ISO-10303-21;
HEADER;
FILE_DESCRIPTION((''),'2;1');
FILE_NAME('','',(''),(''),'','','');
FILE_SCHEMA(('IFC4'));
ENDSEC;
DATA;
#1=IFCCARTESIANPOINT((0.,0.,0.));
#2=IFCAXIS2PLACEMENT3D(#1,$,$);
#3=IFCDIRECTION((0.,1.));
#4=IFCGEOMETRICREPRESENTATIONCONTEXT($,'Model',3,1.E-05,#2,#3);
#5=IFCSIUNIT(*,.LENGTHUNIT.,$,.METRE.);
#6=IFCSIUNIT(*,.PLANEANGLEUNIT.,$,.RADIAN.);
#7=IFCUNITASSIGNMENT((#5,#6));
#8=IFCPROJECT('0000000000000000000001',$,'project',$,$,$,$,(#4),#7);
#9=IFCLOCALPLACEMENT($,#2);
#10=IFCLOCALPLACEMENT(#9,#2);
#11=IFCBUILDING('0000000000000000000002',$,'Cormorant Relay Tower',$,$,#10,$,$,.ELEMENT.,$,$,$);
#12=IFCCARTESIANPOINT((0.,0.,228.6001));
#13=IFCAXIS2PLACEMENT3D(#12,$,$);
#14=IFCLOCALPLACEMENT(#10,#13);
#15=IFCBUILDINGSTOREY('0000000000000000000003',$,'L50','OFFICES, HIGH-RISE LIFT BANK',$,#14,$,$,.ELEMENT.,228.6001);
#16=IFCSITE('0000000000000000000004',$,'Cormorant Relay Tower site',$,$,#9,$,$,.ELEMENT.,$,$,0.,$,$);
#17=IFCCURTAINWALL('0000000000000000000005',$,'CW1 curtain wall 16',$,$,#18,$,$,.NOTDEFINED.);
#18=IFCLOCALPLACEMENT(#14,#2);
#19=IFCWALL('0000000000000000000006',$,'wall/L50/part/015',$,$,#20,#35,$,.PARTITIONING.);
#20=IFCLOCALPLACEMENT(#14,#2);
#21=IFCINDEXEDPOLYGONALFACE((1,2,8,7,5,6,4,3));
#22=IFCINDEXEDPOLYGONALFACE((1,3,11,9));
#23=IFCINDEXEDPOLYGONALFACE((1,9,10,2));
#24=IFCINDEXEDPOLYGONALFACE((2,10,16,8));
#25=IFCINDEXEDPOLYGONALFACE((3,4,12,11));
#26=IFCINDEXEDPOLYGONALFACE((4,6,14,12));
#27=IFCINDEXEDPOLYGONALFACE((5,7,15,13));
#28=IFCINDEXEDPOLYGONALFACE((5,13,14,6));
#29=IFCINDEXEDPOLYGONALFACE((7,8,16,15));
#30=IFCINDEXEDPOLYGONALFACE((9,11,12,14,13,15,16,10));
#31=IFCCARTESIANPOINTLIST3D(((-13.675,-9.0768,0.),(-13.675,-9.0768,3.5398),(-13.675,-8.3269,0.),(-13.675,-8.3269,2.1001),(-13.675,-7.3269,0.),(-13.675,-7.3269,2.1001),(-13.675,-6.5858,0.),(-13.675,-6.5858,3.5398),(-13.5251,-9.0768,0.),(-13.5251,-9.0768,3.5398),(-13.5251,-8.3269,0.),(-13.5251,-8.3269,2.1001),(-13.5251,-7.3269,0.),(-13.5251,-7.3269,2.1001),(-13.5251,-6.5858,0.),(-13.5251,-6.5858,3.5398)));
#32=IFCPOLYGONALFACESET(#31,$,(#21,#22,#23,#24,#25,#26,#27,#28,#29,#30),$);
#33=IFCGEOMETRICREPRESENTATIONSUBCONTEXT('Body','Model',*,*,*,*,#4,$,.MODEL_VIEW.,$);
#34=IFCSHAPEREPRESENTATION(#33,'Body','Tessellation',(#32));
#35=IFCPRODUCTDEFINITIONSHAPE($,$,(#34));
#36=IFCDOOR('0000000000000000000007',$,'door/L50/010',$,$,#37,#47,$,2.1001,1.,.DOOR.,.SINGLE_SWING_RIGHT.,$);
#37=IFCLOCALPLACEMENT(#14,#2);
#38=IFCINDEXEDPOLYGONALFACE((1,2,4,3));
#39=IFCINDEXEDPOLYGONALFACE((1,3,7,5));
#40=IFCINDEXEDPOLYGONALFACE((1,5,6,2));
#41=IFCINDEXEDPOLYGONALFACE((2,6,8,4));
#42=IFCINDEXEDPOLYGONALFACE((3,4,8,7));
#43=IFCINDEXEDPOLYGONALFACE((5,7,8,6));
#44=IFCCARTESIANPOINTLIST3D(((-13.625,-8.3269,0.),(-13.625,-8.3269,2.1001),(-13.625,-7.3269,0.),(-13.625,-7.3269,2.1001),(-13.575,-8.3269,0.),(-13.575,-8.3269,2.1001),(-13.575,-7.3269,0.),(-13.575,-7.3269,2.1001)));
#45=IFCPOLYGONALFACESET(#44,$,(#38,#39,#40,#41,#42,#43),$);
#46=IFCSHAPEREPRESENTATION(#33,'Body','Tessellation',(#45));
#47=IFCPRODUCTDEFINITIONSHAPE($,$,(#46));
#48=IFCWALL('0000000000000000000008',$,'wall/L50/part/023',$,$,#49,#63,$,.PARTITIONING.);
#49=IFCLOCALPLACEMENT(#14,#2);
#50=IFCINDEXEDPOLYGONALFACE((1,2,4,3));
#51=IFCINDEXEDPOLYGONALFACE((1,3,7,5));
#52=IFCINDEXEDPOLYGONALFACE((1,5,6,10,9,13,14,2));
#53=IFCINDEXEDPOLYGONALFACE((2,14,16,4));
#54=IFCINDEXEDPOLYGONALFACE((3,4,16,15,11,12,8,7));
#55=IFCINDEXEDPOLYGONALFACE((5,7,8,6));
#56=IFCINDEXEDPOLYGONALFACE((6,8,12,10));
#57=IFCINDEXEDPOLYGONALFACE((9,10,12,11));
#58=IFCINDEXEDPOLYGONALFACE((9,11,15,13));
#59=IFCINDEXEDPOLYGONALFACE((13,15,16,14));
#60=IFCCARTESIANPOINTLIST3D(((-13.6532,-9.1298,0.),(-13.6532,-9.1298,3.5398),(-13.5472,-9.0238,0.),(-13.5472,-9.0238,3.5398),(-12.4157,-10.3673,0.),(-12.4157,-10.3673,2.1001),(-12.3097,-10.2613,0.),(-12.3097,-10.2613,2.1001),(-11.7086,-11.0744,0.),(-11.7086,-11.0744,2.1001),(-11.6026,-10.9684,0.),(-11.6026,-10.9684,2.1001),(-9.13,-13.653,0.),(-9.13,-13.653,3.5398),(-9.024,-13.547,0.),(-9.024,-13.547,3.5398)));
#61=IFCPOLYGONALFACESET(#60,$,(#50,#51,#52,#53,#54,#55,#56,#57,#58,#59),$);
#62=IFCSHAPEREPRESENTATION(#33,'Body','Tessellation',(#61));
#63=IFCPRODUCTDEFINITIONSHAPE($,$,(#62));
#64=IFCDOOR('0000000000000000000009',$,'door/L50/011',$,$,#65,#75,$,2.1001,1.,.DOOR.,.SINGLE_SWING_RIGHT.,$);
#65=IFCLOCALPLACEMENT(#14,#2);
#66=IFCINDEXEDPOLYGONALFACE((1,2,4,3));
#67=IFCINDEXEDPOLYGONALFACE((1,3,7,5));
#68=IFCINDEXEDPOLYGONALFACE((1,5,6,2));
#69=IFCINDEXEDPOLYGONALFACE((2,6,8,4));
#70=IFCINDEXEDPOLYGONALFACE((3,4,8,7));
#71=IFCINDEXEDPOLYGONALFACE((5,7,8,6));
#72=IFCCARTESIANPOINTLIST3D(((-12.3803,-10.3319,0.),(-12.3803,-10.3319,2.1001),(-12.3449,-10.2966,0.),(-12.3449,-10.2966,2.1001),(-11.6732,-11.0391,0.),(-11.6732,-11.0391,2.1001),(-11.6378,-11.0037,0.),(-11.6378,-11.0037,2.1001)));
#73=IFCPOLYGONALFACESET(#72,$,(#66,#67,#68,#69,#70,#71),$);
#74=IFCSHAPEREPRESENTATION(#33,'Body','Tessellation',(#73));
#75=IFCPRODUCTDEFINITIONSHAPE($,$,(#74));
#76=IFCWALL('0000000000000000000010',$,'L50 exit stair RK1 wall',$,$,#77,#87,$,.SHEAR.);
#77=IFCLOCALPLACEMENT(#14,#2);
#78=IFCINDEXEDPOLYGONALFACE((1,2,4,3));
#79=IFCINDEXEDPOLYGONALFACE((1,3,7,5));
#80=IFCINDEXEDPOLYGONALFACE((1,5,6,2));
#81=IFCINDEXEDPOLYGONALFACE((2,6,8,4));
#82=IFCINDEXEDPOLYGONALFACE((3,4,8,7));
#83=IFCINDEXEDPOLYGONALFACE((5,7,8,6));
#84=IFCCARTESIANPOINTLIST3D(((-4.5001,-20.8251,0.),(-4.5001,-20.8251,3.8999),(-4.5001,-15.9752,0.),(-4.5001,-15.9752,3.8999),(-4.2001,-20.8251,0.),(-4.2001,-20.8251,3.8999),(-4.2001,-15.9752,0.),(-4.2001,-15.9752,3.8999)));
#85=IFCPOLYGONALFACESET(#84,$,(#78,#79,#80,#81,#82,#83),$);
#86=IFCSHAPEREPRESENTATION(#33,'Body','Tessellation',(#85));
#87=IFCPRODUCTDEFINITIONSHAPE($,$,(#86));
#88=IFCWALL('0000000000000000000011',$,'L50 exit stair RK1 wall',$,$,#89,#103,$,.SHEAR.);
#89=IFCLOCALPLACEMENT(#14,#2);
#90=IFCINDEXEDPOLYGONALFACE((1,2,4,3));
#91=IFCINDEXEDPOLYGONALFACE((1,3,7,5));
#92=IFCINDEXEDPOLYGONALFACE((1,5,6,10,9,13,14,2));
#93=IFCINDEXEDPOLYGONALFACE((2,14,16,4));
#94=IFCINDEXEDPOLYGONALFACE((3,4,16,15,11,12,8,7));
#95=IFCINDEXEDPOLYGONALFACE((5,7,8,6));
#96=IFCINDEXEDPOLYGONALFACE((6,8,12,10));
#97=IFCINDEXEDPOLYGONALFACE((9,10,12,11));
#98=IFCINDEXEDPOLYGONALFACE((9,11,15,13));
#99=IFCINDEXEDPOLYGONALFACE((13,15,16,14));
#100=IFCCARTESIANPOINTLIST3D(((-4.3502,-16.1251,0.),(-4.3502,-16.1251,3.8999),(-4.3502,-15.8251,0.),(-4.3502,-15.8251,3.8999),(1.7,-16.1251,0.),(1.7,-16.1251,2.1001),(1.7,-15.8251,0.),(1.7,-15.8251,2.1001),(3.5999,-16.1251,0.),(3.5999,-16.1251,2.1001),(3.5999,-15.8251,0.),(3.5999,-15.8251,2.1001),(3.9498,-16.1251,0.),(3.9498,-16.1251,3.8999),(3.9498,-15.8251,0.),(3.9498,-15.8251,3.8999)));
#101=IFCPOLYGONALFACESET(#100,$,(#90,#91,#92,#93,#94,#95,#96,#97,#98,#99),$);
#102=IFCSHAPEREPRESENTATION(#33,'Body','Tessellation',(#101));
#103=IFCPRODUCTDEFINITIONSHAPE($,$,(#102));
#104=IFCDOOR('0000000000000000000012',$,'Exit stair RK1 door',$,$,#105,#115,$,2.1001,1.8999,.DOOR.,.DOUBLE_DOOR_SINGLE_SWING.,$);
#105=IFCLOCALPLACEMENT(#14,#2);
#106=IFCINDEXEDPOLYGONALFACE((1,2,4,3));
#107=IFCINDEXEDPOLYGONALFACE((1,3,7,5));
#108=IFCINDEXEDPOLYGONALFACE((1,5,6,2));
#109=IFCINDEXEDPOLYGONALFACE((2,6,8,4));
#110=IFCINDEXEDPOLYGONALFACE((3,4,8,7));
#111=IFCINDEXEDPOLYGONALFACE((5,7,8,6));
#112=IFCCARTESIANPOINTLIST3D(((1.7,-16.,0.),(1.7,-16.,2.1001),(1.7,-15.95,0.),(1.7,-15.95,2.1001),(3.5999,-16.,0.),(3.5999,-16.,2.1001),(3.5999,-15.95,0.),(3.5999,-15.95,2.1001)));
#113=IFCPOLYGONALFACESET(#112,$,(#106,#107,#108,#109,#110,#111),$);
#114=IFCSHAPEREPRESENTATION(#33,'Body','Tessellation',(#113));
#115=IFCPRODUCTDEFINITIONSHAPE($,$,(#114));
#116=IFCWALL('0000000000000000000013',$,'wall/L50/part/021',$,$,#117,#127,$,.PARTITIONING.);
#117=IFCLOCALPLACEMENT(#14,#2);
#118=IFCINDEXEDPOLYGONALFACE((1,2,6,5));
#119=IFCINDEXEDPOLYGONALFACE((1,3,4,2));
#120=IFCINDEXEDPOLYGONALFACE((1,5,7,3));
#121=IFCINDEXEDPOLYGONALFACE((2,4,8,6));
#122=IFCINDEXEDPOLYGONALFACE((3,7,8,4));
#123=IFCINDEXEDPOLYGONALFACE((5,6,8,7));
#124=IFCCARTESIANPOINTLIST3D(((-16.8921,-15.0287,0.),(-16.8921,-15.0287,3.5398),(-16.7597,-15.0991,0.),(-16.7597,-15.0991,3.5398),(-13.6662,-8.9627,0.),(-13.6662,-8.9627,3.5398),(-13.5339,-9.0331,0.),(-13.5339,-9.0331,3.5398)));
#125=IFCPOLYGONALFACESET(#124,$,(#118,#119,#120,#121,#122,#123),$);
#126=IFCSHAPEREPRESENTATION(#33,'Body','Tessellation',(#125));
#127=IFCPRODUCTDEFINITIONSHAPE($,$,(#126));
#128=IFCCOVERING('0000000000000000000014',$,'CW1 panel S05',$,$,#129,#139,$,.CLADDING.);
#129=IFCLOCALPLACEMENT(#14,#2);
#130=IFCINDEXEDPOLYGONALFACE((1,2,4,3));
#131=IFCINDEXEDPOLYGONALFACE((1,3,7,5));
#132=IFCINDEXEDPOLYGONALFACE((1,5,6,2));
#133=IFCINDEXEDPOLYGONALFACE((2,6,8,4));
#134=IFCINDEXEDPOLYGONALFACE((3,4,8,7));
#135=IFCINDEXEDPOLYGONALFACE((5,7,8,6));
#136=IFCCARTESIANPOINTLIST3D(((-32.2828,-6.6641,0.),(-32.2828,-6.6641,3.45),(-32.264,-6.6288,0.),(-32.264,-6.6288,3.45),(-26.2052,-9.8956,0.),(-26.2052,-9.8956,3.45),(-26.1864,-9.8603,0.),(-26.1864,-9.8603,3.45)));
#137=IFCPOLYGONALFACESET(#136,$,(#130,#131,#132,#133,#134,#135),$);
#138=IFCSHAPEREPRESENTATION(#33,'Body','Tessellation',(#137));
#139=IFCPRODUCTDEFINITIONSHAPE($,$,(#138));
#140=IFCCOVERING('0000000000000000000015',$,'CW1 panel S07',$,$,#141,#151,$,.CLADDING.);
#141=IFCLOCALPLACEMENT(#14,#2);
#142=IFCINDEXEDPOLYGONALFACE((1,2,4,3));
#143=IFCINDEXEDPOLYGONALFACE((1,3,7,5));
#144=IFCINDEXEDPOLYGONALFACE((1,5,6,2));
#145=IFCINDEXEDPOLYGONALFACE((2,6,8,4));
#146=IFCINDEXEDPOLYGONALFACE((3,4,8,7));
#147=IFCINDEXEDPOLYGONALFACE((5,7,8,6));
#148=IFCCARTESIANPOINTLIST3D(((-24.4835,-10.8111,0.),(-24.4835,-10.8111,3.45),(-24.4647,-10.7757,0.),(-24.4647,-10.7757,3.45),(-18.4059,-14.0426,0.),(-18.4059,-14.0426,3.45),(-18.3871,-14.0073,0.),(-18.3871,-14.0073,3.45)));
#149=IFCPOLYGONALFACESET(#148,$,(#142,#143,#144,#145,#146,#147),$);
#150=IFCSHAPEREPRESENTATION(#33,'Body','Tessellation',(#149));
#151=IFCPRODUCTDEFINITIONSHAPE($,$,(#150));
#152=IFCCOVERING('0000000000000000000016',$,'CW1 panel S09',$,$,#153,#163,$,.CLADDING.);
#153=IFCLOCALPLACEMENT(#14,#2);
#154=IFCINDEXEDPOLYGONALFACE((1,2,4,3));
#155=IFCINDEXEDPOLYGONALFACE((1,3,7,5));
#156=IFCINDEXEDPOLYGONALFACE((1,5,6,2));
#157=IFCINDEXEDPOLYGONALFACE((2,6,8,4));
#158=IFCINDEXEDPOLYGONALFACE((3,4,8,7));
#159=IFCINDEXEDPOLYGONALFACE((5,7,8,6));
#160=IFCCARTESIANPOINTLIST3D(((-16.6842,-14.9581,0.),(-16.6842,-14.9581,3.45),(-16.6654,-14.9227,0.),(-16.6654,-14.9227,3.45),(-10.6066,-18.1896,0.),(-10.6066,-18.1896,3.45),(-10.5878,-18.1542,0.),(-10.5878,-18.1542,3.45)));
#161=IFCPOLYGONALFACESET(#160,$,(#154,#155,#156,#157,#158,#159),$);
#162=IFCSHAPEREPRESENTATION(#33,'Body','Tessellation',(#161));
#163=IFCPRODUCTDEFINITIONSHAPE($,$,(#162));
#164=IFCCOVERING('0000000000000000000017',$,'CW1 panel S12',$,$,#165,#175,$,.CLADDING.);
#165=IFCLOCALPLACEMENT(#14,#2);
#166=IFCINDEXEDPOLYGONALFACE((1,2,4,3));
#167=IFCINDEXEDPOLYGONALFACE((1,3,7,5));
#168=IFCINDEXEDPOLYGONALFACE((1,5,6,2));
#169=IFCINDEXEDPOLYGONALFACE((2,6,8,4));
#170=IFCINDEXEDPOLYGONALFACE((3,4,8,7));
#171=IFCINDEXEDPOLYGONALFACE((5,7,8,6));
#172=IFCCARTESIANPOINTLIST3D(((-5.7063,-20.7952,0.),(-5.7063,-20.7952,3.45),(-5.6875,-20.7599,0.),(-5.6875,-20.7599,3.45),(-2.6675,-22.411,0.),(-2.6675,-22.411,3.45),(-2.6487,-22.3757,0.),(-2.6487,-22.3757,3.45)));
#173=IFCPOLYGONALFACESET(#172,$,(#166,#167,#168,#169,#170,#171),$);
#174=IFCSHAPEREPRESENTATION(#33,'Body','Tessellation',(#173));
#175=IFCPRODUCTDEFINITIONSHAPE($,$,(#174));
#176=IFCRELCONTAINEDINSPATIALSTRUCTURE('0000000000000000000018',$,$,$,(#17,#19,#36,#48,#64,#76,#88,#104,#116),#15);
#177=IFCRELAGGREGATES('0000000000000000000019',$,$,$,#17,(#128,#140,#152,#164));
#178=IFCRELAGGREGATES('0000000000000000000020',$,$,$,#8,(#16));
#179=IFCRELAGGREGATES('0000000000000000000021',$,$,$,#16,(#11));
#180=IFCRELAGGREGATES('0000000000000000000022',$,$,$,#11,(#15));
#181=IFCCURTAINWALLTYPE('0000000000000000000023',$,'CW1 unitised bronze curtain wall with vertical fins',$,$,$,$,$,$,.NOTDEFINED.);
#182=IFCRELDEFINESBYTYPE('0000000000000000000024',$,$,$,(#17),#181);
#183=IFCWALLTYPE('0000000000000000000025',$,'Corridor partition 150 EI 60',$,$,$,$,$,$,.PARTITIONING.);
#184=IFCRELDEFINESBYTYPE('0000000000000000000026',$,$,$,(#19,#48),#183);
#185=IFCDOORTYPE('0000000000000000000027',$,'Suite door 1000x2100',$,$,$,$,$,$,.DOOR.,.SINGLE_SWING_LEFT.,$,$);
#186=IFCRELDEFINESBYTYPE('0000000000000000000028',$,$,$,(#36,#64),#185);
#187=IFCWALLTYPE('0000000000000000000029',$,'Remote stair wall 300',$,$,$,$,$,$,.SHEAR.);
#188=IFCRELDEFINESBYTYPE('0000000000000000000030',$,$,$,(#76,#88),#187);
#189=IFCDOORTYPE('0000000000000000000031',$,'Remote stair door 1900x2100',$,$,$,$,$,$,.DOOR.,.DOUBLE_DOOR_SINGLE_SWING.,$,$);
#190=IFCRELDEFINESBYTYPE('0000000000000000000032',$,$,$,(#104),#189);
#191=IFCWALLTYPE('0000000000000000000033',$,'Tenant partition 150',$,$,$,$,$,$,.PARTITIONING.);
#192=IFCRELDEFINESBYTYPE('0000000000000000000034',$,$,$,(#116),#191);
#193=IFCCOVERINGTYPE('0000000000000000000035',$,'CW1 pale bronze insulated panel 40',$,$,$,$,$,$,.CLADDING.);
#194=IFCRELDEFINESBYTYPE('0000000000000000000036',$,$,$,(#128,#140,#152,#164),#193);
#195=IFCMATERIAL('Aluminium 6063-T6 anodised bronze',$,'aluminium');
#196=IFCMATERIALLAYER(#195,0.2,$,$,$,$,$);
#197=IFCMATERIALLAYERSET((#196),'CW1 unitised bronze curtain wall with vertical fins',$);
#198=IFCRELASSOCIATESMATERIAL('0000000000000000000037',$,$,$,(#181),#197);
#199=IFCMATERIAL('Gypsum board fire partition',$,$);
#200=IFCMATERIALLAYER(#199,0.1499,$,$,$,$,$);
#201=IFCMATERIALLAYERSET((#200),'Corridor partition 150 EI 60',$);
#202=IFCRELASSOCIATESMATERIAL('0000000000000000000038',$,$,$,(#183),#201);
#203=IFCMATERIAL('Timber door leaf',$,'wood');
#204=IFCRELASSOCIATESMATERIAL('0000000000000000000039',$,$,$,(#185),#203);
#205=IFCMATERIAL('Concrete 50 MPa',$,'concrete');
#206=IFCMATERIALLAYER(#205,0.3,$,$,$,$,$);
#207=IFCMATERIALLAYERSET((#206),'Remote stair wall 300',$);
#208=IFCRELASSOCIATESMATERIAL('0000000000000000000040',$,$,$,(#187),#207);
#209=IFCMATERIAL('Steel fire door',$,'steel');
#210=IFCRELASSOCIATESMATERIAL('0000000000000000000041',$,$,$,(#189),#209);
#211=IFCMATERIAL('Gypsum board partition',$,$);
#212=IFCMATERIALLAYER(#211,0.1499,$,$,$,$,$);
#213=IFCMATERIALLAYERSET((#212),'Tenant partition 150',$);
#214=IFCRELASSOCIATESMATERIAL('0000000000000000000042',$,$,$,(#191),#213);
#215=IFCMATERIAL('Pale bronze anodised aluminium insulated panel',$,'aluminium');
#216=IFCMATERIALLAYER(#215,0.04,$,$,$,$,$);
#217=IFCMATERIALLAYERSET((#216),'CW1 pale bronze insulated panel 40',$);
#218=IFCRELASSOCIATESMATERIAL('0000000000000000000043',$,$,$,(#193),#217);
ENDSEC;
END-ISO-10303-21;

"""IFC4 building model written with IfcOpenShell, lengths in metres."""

from ifc_helpers import new_model, si_unit, direction, frame, frame_2d, origin, origin_2d, place, context, subcontext, project, spatial, rectangle, extrude, material, layer, layer_set, type_object, element, fill, aggregate, save


model = new_model("IFC4")

# Units and contexts
model_context = context("Model", 3, precision=1e-05, world=origin(), true_north=direction((0.0, 1.0)))
body_context = subcontext(model_context, "Body", "Model", "MODEL_VIEW")
ifc_project = project(units=[si_unit("LENGTHUNIT", "METRE"), si_unit("PLANEANGLEUNIT", "RADIAN")], contexts=[model_context])

# Site, building, storey
site_placement = place(None, origin())
site = spatial("IfcSite", under=ifc_project, at=site_placement, Name="Cormorant Relay Tower site", CompositionType="ELEMENT", RefElevation=0.0)
building_placement = place(site_placement, origin())
building = spatial("IfcBuilding", under=site, at=building_placement, Name="Cormorant Relay Tower", CompositionType="ELEMENT")
storey_placement = place(building_placement, frame((0.0, 0.0, 228.6001)))
storey = spatial("IfcBuildingStorey", under=building, at=storey_placement, Name="L50", Description="OFFICES, HIGH-RISE LIFT BANK", CompositionType="ELEMENT", Elevation=228.6001)

# Curtain wall
ifc_material_1 = material(Name="Aluminium 6063-T6 anodised bronze", Category="aluminium")
ifc_layer_1 = layer(ifc_material_1, 0.2)
ifc_layer_set_1 = layer_set([ifc_layer_1], Name="CW1 unitised bronze curtain wall with vertical fins")
curtain_wall_type = type_object("IfcCurtainWallType", Name="CW1 unitised bronze curtain wall with vertical fins", PredefinedType="NOTDEFINED", material=ifc_layer_set_1)
curtain_wall_placement = place(storey_placement, origin())
curtain_wall = element("IfcCurtainWall", 1, at=curtain_wall_placement, inside=storey, type_object=curtain_wall_type, Name="CW1 curtain wall 16", PredefinedType="NOTDEFINED")

# Walls, openings, doors
ifc_material_2 = material(Name="Gypsum board fire partition")
ifc_layer_2 = layer(ifc_material_2, 0.1499)
ifc_layer_set_2 = layer_set([ifc_layer_2], Name="Corridor partition 150 EI 60")
wall_type_1 = type_object("IfcWallType", Name="Corridor partition 150 EI 60", PredefinedType="PARTITIONING", material=ifc_layer_set_2)
wall_1_placement = place(storey_placement, frame((-13.6001, -9.0769, 0.0), z_axis=(0.0, 0.0, 1.0), x_axis=(0.0, 1.0, 0.0)))
wall_1 = element("IfcWall", 2, at=wall_1_placement, inside=storey, type_object=wall_type_1, Name="wall/L50/part/015", PredefinedType="PARTITIONING", context=body_context, shape_type="SweptSolid", body=[
    extrude(rectangle(XDim=2.491, YDim=0.1499, at=frame_2d((1.2456, 0.0))), origin(), (0.0, 0.0, 1.0), 3.5398),
])
opening_1_placement = place(wall_1_placement, frame((0.75, 0.0, 0.0)))
opening_1 = element("IfcOpeningElement", 3, at=opening_1_placement, cuts=wall_1, PredefinedType="OPENING", context=body_context, shape_type="SweptSolid", body=[
    extrude(rectangle(XDim=1.0, YDim=2.1001, at=frame_2d((0.5, 1.05))), frame((0.0, 0.085, 0.0), z_axis=(0.0, -1.0, 0.0), x_axis=(1.0, 0.0, 0.0)), (0.0, 0.0, 1.0), 0.1699),
])
ifc_material_3 = material(Name="Timber door leaf", Category="wood")
door_type_1 = type_object("IfcDoorType", Name="Suite door 1000x2100", OperationType="SINGLE_SWING_LEFT", PredefinedType="DOOR", material=ifc_material_3)
door_1_placement = place(opening_1_placement, origin())
door_1 = element("IfcDoor", 4, at=door_1_placement, inside=storey, type_object=door_type_1, Name="door/L50/010", OperationType="SINGLE_SWING_RIGHT", OverallHeight=2.1001, OverallWidth=1.0, PredefinedType="DOOR", context=body_context, shape_type="SweptSolid", body=[
    extrude(rectangle(XDim=1.0, YDim=2.1001, at=frame_2d((0.5, 1.05))), frame((0.0, 0.0249, 0.0), z_axis=(0.0, -1.0, 0.0), x_axis=(1.0, 0.0, 0.0)), (0.0, 0.0, 1.0), 0.05),
])
fill(opening_1, door_1)
wall_2_placement = place(storey_placement, frame((-13.6001, -9.0769, 0.0), z_axis=(0.0, 0.0, 1.0), x_axis=(0.707107, -0.707107, 0.0)))
wall_2 = element("IfcWall", 5, at=wall_2_placement, inside=storey, type_object=wall_type_1, Name="wall/L50/part/023", PredefinedType="PARTITIONING", context=body_context, shape_type="SweptSolid", body=[
    extrude(rectangle(XDim=6.3967, YDim=0.1499, at=frame_2d((3.1982, 0.0))), origin(), (0.0, 0.0, 1.0), 3.5398),
])
opening_2_placement = place(wall_2_placement, frame((1.75, 0.0, 0.0)))
opening_2 = element("IfcOpeningElement", 6, at=opening_2_placement, cuts=wall_2, PredefinedType="OPENING", context=body_context, shape_type="SweptSolid", body=[
    extrude(rectangle(XDim=1.0, YDim=2.1001, at=frame_2d((0.5, 1.05))), frame((0.0, 0.085, 0.0), z_axis=(0.0, -1.0, 0.0), x_axis=(1.0, 0.0, 0.0)), (0.0, 0.0, 1.0), 0.1699),
])
door_2_placement = place(opening_2_placement, frame((1.0, 0.0, 0.0), z_axis=(0.0, 0.0, 1.0), x_axis=(-1.0, 0.0, 0.0)))
door_2 = element("IfcDoor", 7, at=door_2_placement, inside=storey, type_object=door_type_1, Name="door/L50/011", OperationType="SINGLE_SWING_RIGHT", OverallHeight=2.1001, OverallWidth=1.0, PredefinedType="DOOR", context=body_context, shape_type="SweptSolid", body=[
    extrude(rectangle(XDim=1.0, YDim=2.1001, at=frame_2d((0.5, 1.05))), frame((0.0, 0.0249, 0.0), z_axis=(0.0, -1.0, 0.0), x_axis=(1.0, 0.0, 0.0)), (0.0, 0.0, 1.0), 0.05),
])
fill(opening_2, door_2)

# Wall
ifc_material_4 = material(Name="Concrete 50 MPa", Category="concrete")
ifc_layer_3 = layer(ifc_material_4, 0.3)
ifc_layer_set_3 = layer_set([ifc_layer_3], Name="Remote stair wall 300")
wall_type_2 = type_object("IfcWallType", Name="Remote stair wall 300", PredefinedType="SHEAR", material=ifc_layer_set_3)
wall_3_placement = place(storey_placement, frame((-4.3501, -20.825, 0.0), z_axis=(0.0, 0.0, 1.0), x_axis=(0.0, 1.0, 0.0)))
element("IfcWall", 8, at=wall_3_placement, inside=storey, type_object=wall_type_2, Name="L50 exit stair RK1 wall", PredefinedType="SHEAR", context=body_context, shape_type="SweptSolid", body=[
    extrude(rectangle(XDim=4.8499, YDim=0.3, at=frame_2d((2.4248, 0.0))), origin(), (0.0, 0.0, 1.0), 3.8999),
])

# Wall, opening, door
wall_4_placement = place(storey_placement, frame((-4.3501, -15.9751, 0.0), z_axis=(0.0, 0.0, 1.0), x_axis=(1.0, 0.0, 0.0)))
wall_4 = element("IfcWall", 9, at=wall_4_placement, inside=storey, type_object=wall_type_2, Name="L50 exit stair RK1 wall", PredefinedType="SHEAR", context=body_context, shape_type="SweptSolid", body=[
    extrude(rectangle(XDim=8.3, YDim=0.3, at=frame_2d((4.1499, 0.0))), origin(), (0.0, 0.0, 1.0), 3.8999),
])
opening_3_placement = place(wall_4_placement, frame((6.05, 0.0, 0.0)))
opening_3 = element("IfcOpeningElement", 10, at=opening_3_placement, cuts=wall_4, PredefinedType="OPENING", context=body_context, shape_type="SweptSolid", body=[
    extrude(rectangle(XDim=1.8999, YDim=2.1001, at=frame_2d((0.95, 1.05))), frame((0.0, 0.1599, 0.0), z_axis=(0.0, -1.0, 0.0), x_axis=(1.0, 0.0, 0.0)), (0.0, 0.0, 1.0), 0.3201),
])
ifc_material_5 = material(Name="Steel fire door", Category="steel")
door_type_2 = type_object("IfcDoorType", Name="Remote stair door 1900x2100", OperationType="DOUBLE_DOOR_SINGLE_SWING", PredefinedType="DOOR", material=ifc_material_5)
door_3_placement = place(opening_3_placement, frame((1.8999, 0.0, 0.0), z_axis=(0.0, 0.0, 1.0), x_axis=(-1.0, 0.0, 0.0)))
door_3 = element("IfcDoor", 11, at=door_3_placement, inside=storey, type_object=door_type_2, Name="Exit stair RK1 door", OperationType="DOUBLE_DOOR_SINGLE_SWING", OverallHeight=2.1001, OverallWidth=1.8999, PredefinedType="DOOR", context=body_context, shape_type="SweptSolid", body=[
    extrude(rectangle(XDim=1.8999, YDim=2.1001, at=frame_2d((0.95, 1.05))), frame((0.0, 0.0249, 0.0), z_axis=(0.0, -1.0, 0.0), x_axis=(1.0, 0.0, 0.0)), (0.0, 0.0, 1.0), 0.05),
])
fill(opening_3, door_3)

# Wall
ifc_material_6 = material(Name="Gypsum board partition")
ifc_layer_4 = layer(ifc_material_6, 0.1499)
ifc_layer_set_4 = layer_set([ifc_layer_4], Name="Tenant partition 150")
wall_type_3 = type_object("IfcWallType", Name="Tenant partition 150", PredefinedType="PARTITIONING", material=ifc_layer_set_4)
wall_5_placement = place(storey_placement, frame((-13.6001, -8.998, 0.0), z_axis=(0.0, 0.0, 1.0), x_axis=(-0.469531, -0.882916, 0.0)))
element("IfcWall", 12, at=wall_5_placement, inside=storey, type_object=wall_type_3, Name="wall/L50/part/021", PredefinedType="PARTITIONING", context=body_context, shape_type="SweptSolid", body=[
    extrude(rectangle(XDim=6.8704, YDim=0.1499, at=frame_2d((3.4351, 0.0))), origin(), (0.0, 0.0, 1.0), 3.5398),
])

# Coverings
ifc_material_7 = material(Name="Pale bronze anodised aluminium insulated panel", Category="aluminium")
ifc_layer_5 = layer(ifc_material_7, 0.04)
ifc_layer_set_5 = layer_set([ifc_layer_5], Name="CW1 pale bronze insulated panel 40")
covering_type = type_object("IfcCoveringType", Name="CW1 pale bronze insulated panel 40", PredefinedType="CLADDING", material=ifc_layer_set_5)
covering_1_placement = place(storey_placement, frame((-29.2346, -8.2622, 0.0), z_axis=(0.0, 0.0, 1.0), x_axis=(0.882948, -0.469472, 0.0)))
covering_1 = element("IfcCovering", 13, at=covering_1_placement, type_object=covering_type, Name="CW1 panel S05", PredefinedType="CLADDING", context=body_context, shape_type="SweptSolid", body=[
    extrude(rectangle(XDim=6.8833, YDim=0.04, at=origin_2d()), origin(), (0.0, 0.0, 1.0), 3.45),
])
covering_2_placement = place(storey_placement, frame((-21.4353, -12.4092, 0.0), z_axis=(0.0, 0.0, 1.0), x_axis=(0.882948, -0.469472, 0.0)))
covering_2 = element("IfcCovering", 14, at=covering_2_placement, type_object=covering_type, Name="CW1 panel S07", PredefinedType="CLADDING", context=body_context, shape_type="SweptSolid", body=[
    extrude(rectangle(XDim=6.8833, YDim=0.04, at=origin_2d()), origin(), (0.0, 0.0, 1.0), 3.45),
])
covering_3_placement = place(storey_placement, frame((-13.636, -16.5562, 0.0), z_axis=(0.0, 0.0, 1.0), x_axis=(0.882948, -0.469472, 0.0)))
covering_3 = element("IfcCovering", 15, at=covering_3_placement, type_object=covering_type, Name="CW1 panel S09", PredefinedType="CLADDING", context=body_context, shape_type="SweptSolid", body=[
    extrude(rectangle(XDim=6.8833, YDim=0.04, at=origin_2d()), origin(), (0.0, 0.0, 1.0), 3.45),
])
covering_4_placement = place(storey_placement, frame((-4.1775, -21.5854, 0.0), z_axis=(0.0, 0.0, 1.0), x_axis=(0.882948, -0.469472, 0.0)))
covering_4 = element("IfcCovering", 16, at=covering_4_placement, type_object=covering_type, Name="CW1 panel S12", PredefinedType="CLADDING", context=body_context, shape_type="SweptSolid", body=[
    extrude(rectangle(XDim=3.4417, YDim=0.04, at=origin_2d()), origin(), (0.0, 0.0, 1.0), 3.45),
])
aggregate(curtain_wall, [covering_1, covering_2, covering_3, covering_4])

save(model, "model.ifc")
